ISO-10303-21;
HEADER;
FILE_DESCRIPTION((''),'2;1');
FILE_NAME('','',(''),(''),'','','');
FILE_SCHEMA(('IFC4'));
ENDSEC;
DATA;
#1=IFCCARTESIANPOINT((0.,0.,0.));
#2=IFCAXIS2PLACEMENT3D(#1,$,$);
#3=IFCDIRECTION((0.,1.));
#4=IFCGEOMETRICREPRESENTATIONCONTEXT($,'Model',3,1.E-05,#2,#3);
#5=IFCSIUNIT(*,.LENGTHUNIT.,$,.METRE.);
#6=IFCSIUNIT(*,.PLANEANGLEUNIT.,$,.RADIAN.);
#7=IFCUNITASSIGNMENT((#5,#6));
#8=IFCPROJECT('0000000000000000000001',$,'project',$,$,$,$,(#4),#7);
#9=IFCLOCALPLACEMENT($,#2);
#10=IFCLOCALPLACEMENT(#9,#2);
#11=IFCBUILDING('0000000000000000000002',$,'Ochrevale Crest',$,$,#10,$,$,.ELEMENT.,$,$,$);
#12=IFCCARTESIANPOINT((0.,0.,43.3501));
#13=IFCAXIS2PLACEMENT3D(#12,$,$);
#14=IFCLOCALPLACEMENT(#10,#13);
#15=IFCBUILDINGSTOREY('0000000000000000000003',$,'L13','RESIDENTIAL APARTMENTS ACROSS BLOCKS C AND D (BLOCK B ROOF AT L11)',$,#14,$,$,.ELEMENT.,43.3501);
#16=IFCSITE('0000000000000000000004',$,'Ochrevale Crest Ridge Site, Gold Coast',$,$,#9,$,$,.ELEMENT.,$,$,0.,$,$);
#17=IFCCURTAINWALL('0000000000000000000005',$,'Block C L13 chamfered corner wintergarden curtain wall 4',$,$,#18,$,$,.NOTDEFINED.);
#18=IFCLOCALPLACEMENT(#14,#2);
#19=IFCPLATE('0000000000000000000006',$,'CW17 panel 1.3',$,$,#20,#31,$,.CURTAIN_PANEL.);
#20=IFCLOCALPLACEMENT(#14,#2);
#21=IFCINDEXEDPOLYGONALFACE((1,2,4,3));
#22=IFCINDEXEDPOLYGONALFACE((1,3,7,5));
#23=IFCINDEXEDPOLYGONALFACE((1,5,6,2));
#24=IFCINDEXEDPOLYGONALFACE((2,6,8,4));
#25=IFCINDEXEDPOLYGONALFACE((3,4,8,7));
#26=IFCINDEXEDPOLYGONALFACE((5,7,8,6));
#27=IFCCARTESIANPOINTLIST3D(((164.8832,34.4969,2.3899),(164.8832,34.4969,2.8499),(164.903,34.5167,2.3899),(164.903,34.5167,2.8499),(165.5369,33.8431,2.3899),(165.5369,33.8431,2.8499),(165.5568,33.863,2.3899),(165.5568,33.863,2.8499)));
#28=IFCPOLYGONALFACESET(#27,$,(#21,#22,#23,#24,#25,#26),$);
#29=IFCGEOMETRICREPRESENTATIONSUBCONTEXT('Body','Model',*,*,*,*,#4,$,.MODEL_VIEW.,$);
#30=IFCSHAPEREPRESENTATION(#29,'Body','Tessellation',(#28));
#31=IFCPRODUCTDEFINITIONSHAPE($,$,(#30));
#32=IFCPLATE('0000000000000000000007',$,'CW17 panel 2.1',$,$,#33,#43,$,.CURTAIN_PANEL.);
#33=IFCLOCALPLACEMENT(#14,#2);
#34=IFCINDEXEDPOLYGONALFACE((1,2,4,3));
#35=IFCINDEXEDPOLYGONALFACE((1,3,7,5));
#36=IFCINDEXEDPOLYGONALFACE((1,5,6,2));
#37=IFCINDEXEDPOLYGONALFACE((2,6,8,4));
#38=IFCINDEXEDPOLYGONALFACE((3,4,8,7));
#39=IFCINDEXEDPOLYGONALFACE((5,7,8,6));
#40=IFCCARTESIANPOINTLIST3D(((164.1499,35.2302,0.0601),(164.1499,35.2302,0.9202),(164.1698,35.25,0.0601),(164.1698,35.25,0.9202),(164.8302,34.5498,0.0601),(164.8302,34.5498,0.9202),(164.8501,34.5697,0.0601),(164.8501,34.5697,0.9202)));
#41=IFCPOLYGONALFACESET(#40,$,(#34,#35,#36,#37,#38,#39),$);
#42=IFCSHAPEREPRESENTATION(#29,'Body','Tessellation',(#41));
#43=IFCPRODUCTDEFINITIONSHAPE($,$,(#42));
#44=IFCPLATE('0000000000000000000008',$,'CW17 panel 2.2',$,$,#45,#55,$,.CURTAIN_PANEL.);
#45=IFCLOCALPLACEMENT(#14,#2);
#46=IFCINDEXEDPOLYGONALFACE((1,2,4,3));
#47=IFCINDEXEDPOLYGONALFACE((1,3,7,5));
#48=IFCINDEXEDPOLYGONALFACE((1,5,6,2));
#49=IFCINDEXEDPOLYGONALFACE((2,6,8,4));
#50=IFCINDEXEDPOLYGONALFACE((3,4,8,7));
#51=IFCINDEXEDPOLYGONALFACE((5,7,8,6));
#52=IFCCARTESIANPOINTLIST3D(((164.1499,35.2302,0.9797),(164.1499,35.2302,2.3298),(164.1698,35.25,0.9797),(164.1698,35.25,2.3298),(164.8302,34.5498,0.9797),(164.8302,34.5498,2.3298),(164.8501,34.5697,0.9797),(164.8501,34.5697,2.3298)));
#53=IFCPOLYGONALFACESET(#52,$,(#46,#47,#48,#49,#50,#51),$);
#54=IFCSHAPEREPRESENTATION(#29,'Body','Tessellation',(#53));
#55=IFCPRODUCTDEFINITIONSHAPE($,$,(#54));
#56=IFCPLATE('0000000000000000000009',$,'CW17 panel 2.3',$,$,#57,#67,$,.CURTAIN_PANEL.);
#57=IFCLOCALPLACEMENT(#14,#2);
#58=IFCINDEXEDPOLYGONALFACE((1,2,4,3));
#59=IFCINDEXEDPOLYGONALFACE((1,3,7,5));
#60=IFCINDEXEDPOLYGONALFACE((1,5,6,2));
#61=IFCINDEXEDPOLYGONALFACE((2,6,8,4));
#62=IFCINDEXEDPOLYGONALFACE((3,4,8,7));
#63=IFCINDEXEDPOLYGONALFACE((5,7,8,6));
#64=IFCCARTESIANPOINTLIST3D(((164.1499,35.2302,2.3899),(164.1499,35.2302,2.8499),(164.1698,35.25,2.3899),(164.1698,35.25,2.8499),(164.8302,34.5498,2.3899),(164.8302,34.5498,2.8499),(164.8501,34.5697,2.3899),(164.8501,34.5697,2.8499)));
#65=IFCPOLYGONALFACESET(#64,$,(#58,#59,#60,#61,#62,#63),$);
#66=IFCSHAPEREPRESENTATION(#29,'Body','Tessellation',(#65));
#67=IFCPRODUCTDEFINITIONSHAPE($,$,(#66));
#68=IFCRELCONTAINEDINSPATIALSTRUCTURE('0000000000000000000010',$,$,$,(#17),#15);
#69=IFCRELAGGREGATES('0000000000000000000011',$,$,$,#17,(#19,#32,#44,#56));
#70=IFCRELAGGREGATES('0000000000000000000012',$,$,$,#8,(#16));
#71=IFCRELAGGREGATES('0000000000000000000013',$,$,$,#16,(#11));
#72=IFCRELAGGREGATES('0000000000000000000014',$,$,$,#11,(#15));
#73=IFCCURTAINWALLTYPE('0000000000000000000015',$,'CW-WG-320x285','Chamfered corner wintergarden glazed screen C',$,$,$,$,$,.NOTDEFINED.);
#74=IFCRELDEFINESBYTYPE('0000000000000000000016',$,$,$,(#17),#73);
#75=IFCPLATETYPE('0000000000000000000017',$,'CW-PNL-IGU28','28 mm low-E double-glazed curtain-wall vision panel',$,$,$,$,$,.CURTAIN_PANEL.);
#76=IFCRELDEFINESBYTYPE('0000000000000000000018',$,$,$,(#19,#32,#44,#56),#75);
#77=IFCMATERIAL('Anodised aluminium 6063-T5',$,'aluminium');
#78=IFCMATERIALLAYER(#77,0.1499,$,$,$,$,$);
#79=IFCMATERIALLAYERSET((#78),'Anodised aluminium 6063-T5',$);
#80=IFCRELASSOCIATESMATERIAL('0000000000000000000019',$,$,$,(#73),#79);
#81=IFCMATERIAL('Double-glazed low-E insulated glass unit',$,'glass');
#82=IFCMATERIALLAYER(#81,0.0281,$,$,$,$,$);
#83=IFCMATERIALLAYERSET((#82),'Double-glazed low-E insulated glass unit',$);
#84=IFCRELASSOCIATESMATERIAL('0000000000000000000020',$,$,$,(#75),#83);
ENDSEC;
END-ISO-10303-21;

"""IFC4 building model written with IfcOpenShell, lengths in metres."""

from ifc_helpers import new_model, si_unit, direction, frame, origin, origin_2d, place, context, subcontext, project, spatial, rectangle, extrude, material, layer, layer_set, type_object, element, aggregate, save


model = new_model("IFC4")

# Units and contexts
model_context = context("Model", 3, precision=1e-05, world=origin(), true_north=direction((0.0, 1.0)))
body_context = subcontext(model_context, "Body", "Model", "MODEL_VIEW")
ifc_project = project(units=[si_unit("LENGTHUNIT", "METRE"), si_unit("PLANEANGLEUNIT", "RADIAN")], contexts=[model_context])

# Site, building, storey
site_placement = place(None, origin())
site = spatial("IfcSite", under=ifc_project, at=site_placement, Name="Ochrevale Crest Ridge Site, Gold Coast", CompositionType="ELEMENT", RefElevation=0.0)
building_placement = place(site_placement, origin())
building = spatial("IfcBuilding", under=site, at=building_placement, Name="Ochrevale Crest", CompositionType="ELEMENT")
storey_placement = place(building_placement, frame((0.0, 0.0, 43.3501)))
storey = spatial("IfcBuildingStorey", under=building, at=storey_placement, Name="L13", Description="RESIDENTIAL APARTMENTS ACROSS BLOCKS C AND D (BLOCK B ROOF AT L11)", CompositionType="ELEMENT", Elevation=43.3501)

# Curtain wall, plates
ifc_material_1 = material(Name="Anodised aluminium 6063-T5", Category="aluminium")
ifc_layer_1 = layer(ifc_material_1, 0.1499)
ifc_layer_set_1 = layer_set([ifc_layer_1], Name="Anodised aluminium 6063-T5")
curtain_wall_type = type_object("IfcCurtainWallType", Name="CW-WG-320x285", Description="Chamfered corner wintergarden glazed screen C", PredefinedType="NOTDEFINED", material=ifc_layer_set_1)
curtain_wall_placement = place(storey_placement, origin())
curtain_wall = element("IfcCurtainWall", 1, at=curtain_wall_placement, inside=storey, type_object=curtain_wall_type, Name="Block C L13 chamfered corner wintergarden curtain wall 4", PredefinedType="NOTDEFINED")
ifc_material_2 = material(Name="Double-glazed low-E insulated glass unit", Category="glass")
ifc_layer_2 = layer(ifc_material_2, 0.0281)
ifc_layer_set_2 = layer_set([ifc_layer_2], Name="Double-glazed low-E insulated glass unit")
plate_type = type_object("IfcPlateType", Name="CW-PNL-IGU28", Description="28 mm low-E double-glazed curtain-wall vision panel", PredefinedType="CURTAIN_PANEL", material=ifc_layer_set_2)
plate_1_placement = place(storey_placement, frame((165.22, 34.1799, 2.3899), z_axis=(0.0, 0.0, 1.0), x_axis=(-0.707107, 0.707107, 0.0)))
plate_1 = element("IfcPlate", 2, at=plate_1_placement, type_object=plate_type, Name="CW17 panel 1.3", PredefinedType="CURTAIN_PANEL", context=body_context, shape_type="SweptSolid", body=[
    extrude(rectangle(XDim=0.9246, YDim=0.0281, at=origin_2d()), origin(), (0.0, 0.0, 1.0), 0.46),
])
plate_2_placement = place(storey_placement, frame((164.5, 34.8999, 0.0601), z_axis=(0.0, 0.0, 1.0), x_axis=(-0.707107, 0.707107, 0.0)))
plate_2 = element("IfcPlate", 3, at=plate_2_placement, type_object=plate_type, Name="CW17 panel 2.1", PredefinedType="CURTAIN_PANEL", context=body_context, shape_type="SweptSolid", body=[
    extrude(rectangle(XDim=0.9622, YDim=0.0281, at=origin_2d()), origin(), (0.0, 0.0, 1.0), 0.8601),
])
plate_3_placement = place(storey_placement, frame((164.5, 34.8999, 0.9797), z_axis=(0.0, 0.0, 1.0), x_axis=(-0.707107, 0.707107, 0.0)))
plate_3 = element("IfcPlate", 4, at=plate_3_placement, type_object=plate_type, Name="CW17 panel 2.2", PredefinedType="CURTAIN_PANEL", context=body_context, shape_type="SweptSolid", body=[
    extrude(rectangle(XDim=0.9622, YDim=0.0281, at=origin_2d()), origin(), (0.0, 0.0, 1.0), 1.3501),
])
plate_4_placement = place(storey_placement, frame((164.5, 34.8999, 2.3899), z_axis=(0.0, 0.0, 1.0), x_axis=(-0.707107, 0.707107, 0.0)))
plate_4 = element("IfcPlate", 5, at=plate_4_placement, type_object=plate_type, Name="CW17 panel 2.3", PredefinedType="CURTAIN_PANEL", context=body_context, shape_type="SweptSolid", body=[
    extrude(rectangle(XDim=0.9622, YDim=0.0281, at=origin_2d()), origin(), (0.0, 0.0, 1.0), 0.46),
])
aggregate(curtain_wall, [plate_1, plate_2, plate_3, plate_4])

save(model, "model.ifc")
